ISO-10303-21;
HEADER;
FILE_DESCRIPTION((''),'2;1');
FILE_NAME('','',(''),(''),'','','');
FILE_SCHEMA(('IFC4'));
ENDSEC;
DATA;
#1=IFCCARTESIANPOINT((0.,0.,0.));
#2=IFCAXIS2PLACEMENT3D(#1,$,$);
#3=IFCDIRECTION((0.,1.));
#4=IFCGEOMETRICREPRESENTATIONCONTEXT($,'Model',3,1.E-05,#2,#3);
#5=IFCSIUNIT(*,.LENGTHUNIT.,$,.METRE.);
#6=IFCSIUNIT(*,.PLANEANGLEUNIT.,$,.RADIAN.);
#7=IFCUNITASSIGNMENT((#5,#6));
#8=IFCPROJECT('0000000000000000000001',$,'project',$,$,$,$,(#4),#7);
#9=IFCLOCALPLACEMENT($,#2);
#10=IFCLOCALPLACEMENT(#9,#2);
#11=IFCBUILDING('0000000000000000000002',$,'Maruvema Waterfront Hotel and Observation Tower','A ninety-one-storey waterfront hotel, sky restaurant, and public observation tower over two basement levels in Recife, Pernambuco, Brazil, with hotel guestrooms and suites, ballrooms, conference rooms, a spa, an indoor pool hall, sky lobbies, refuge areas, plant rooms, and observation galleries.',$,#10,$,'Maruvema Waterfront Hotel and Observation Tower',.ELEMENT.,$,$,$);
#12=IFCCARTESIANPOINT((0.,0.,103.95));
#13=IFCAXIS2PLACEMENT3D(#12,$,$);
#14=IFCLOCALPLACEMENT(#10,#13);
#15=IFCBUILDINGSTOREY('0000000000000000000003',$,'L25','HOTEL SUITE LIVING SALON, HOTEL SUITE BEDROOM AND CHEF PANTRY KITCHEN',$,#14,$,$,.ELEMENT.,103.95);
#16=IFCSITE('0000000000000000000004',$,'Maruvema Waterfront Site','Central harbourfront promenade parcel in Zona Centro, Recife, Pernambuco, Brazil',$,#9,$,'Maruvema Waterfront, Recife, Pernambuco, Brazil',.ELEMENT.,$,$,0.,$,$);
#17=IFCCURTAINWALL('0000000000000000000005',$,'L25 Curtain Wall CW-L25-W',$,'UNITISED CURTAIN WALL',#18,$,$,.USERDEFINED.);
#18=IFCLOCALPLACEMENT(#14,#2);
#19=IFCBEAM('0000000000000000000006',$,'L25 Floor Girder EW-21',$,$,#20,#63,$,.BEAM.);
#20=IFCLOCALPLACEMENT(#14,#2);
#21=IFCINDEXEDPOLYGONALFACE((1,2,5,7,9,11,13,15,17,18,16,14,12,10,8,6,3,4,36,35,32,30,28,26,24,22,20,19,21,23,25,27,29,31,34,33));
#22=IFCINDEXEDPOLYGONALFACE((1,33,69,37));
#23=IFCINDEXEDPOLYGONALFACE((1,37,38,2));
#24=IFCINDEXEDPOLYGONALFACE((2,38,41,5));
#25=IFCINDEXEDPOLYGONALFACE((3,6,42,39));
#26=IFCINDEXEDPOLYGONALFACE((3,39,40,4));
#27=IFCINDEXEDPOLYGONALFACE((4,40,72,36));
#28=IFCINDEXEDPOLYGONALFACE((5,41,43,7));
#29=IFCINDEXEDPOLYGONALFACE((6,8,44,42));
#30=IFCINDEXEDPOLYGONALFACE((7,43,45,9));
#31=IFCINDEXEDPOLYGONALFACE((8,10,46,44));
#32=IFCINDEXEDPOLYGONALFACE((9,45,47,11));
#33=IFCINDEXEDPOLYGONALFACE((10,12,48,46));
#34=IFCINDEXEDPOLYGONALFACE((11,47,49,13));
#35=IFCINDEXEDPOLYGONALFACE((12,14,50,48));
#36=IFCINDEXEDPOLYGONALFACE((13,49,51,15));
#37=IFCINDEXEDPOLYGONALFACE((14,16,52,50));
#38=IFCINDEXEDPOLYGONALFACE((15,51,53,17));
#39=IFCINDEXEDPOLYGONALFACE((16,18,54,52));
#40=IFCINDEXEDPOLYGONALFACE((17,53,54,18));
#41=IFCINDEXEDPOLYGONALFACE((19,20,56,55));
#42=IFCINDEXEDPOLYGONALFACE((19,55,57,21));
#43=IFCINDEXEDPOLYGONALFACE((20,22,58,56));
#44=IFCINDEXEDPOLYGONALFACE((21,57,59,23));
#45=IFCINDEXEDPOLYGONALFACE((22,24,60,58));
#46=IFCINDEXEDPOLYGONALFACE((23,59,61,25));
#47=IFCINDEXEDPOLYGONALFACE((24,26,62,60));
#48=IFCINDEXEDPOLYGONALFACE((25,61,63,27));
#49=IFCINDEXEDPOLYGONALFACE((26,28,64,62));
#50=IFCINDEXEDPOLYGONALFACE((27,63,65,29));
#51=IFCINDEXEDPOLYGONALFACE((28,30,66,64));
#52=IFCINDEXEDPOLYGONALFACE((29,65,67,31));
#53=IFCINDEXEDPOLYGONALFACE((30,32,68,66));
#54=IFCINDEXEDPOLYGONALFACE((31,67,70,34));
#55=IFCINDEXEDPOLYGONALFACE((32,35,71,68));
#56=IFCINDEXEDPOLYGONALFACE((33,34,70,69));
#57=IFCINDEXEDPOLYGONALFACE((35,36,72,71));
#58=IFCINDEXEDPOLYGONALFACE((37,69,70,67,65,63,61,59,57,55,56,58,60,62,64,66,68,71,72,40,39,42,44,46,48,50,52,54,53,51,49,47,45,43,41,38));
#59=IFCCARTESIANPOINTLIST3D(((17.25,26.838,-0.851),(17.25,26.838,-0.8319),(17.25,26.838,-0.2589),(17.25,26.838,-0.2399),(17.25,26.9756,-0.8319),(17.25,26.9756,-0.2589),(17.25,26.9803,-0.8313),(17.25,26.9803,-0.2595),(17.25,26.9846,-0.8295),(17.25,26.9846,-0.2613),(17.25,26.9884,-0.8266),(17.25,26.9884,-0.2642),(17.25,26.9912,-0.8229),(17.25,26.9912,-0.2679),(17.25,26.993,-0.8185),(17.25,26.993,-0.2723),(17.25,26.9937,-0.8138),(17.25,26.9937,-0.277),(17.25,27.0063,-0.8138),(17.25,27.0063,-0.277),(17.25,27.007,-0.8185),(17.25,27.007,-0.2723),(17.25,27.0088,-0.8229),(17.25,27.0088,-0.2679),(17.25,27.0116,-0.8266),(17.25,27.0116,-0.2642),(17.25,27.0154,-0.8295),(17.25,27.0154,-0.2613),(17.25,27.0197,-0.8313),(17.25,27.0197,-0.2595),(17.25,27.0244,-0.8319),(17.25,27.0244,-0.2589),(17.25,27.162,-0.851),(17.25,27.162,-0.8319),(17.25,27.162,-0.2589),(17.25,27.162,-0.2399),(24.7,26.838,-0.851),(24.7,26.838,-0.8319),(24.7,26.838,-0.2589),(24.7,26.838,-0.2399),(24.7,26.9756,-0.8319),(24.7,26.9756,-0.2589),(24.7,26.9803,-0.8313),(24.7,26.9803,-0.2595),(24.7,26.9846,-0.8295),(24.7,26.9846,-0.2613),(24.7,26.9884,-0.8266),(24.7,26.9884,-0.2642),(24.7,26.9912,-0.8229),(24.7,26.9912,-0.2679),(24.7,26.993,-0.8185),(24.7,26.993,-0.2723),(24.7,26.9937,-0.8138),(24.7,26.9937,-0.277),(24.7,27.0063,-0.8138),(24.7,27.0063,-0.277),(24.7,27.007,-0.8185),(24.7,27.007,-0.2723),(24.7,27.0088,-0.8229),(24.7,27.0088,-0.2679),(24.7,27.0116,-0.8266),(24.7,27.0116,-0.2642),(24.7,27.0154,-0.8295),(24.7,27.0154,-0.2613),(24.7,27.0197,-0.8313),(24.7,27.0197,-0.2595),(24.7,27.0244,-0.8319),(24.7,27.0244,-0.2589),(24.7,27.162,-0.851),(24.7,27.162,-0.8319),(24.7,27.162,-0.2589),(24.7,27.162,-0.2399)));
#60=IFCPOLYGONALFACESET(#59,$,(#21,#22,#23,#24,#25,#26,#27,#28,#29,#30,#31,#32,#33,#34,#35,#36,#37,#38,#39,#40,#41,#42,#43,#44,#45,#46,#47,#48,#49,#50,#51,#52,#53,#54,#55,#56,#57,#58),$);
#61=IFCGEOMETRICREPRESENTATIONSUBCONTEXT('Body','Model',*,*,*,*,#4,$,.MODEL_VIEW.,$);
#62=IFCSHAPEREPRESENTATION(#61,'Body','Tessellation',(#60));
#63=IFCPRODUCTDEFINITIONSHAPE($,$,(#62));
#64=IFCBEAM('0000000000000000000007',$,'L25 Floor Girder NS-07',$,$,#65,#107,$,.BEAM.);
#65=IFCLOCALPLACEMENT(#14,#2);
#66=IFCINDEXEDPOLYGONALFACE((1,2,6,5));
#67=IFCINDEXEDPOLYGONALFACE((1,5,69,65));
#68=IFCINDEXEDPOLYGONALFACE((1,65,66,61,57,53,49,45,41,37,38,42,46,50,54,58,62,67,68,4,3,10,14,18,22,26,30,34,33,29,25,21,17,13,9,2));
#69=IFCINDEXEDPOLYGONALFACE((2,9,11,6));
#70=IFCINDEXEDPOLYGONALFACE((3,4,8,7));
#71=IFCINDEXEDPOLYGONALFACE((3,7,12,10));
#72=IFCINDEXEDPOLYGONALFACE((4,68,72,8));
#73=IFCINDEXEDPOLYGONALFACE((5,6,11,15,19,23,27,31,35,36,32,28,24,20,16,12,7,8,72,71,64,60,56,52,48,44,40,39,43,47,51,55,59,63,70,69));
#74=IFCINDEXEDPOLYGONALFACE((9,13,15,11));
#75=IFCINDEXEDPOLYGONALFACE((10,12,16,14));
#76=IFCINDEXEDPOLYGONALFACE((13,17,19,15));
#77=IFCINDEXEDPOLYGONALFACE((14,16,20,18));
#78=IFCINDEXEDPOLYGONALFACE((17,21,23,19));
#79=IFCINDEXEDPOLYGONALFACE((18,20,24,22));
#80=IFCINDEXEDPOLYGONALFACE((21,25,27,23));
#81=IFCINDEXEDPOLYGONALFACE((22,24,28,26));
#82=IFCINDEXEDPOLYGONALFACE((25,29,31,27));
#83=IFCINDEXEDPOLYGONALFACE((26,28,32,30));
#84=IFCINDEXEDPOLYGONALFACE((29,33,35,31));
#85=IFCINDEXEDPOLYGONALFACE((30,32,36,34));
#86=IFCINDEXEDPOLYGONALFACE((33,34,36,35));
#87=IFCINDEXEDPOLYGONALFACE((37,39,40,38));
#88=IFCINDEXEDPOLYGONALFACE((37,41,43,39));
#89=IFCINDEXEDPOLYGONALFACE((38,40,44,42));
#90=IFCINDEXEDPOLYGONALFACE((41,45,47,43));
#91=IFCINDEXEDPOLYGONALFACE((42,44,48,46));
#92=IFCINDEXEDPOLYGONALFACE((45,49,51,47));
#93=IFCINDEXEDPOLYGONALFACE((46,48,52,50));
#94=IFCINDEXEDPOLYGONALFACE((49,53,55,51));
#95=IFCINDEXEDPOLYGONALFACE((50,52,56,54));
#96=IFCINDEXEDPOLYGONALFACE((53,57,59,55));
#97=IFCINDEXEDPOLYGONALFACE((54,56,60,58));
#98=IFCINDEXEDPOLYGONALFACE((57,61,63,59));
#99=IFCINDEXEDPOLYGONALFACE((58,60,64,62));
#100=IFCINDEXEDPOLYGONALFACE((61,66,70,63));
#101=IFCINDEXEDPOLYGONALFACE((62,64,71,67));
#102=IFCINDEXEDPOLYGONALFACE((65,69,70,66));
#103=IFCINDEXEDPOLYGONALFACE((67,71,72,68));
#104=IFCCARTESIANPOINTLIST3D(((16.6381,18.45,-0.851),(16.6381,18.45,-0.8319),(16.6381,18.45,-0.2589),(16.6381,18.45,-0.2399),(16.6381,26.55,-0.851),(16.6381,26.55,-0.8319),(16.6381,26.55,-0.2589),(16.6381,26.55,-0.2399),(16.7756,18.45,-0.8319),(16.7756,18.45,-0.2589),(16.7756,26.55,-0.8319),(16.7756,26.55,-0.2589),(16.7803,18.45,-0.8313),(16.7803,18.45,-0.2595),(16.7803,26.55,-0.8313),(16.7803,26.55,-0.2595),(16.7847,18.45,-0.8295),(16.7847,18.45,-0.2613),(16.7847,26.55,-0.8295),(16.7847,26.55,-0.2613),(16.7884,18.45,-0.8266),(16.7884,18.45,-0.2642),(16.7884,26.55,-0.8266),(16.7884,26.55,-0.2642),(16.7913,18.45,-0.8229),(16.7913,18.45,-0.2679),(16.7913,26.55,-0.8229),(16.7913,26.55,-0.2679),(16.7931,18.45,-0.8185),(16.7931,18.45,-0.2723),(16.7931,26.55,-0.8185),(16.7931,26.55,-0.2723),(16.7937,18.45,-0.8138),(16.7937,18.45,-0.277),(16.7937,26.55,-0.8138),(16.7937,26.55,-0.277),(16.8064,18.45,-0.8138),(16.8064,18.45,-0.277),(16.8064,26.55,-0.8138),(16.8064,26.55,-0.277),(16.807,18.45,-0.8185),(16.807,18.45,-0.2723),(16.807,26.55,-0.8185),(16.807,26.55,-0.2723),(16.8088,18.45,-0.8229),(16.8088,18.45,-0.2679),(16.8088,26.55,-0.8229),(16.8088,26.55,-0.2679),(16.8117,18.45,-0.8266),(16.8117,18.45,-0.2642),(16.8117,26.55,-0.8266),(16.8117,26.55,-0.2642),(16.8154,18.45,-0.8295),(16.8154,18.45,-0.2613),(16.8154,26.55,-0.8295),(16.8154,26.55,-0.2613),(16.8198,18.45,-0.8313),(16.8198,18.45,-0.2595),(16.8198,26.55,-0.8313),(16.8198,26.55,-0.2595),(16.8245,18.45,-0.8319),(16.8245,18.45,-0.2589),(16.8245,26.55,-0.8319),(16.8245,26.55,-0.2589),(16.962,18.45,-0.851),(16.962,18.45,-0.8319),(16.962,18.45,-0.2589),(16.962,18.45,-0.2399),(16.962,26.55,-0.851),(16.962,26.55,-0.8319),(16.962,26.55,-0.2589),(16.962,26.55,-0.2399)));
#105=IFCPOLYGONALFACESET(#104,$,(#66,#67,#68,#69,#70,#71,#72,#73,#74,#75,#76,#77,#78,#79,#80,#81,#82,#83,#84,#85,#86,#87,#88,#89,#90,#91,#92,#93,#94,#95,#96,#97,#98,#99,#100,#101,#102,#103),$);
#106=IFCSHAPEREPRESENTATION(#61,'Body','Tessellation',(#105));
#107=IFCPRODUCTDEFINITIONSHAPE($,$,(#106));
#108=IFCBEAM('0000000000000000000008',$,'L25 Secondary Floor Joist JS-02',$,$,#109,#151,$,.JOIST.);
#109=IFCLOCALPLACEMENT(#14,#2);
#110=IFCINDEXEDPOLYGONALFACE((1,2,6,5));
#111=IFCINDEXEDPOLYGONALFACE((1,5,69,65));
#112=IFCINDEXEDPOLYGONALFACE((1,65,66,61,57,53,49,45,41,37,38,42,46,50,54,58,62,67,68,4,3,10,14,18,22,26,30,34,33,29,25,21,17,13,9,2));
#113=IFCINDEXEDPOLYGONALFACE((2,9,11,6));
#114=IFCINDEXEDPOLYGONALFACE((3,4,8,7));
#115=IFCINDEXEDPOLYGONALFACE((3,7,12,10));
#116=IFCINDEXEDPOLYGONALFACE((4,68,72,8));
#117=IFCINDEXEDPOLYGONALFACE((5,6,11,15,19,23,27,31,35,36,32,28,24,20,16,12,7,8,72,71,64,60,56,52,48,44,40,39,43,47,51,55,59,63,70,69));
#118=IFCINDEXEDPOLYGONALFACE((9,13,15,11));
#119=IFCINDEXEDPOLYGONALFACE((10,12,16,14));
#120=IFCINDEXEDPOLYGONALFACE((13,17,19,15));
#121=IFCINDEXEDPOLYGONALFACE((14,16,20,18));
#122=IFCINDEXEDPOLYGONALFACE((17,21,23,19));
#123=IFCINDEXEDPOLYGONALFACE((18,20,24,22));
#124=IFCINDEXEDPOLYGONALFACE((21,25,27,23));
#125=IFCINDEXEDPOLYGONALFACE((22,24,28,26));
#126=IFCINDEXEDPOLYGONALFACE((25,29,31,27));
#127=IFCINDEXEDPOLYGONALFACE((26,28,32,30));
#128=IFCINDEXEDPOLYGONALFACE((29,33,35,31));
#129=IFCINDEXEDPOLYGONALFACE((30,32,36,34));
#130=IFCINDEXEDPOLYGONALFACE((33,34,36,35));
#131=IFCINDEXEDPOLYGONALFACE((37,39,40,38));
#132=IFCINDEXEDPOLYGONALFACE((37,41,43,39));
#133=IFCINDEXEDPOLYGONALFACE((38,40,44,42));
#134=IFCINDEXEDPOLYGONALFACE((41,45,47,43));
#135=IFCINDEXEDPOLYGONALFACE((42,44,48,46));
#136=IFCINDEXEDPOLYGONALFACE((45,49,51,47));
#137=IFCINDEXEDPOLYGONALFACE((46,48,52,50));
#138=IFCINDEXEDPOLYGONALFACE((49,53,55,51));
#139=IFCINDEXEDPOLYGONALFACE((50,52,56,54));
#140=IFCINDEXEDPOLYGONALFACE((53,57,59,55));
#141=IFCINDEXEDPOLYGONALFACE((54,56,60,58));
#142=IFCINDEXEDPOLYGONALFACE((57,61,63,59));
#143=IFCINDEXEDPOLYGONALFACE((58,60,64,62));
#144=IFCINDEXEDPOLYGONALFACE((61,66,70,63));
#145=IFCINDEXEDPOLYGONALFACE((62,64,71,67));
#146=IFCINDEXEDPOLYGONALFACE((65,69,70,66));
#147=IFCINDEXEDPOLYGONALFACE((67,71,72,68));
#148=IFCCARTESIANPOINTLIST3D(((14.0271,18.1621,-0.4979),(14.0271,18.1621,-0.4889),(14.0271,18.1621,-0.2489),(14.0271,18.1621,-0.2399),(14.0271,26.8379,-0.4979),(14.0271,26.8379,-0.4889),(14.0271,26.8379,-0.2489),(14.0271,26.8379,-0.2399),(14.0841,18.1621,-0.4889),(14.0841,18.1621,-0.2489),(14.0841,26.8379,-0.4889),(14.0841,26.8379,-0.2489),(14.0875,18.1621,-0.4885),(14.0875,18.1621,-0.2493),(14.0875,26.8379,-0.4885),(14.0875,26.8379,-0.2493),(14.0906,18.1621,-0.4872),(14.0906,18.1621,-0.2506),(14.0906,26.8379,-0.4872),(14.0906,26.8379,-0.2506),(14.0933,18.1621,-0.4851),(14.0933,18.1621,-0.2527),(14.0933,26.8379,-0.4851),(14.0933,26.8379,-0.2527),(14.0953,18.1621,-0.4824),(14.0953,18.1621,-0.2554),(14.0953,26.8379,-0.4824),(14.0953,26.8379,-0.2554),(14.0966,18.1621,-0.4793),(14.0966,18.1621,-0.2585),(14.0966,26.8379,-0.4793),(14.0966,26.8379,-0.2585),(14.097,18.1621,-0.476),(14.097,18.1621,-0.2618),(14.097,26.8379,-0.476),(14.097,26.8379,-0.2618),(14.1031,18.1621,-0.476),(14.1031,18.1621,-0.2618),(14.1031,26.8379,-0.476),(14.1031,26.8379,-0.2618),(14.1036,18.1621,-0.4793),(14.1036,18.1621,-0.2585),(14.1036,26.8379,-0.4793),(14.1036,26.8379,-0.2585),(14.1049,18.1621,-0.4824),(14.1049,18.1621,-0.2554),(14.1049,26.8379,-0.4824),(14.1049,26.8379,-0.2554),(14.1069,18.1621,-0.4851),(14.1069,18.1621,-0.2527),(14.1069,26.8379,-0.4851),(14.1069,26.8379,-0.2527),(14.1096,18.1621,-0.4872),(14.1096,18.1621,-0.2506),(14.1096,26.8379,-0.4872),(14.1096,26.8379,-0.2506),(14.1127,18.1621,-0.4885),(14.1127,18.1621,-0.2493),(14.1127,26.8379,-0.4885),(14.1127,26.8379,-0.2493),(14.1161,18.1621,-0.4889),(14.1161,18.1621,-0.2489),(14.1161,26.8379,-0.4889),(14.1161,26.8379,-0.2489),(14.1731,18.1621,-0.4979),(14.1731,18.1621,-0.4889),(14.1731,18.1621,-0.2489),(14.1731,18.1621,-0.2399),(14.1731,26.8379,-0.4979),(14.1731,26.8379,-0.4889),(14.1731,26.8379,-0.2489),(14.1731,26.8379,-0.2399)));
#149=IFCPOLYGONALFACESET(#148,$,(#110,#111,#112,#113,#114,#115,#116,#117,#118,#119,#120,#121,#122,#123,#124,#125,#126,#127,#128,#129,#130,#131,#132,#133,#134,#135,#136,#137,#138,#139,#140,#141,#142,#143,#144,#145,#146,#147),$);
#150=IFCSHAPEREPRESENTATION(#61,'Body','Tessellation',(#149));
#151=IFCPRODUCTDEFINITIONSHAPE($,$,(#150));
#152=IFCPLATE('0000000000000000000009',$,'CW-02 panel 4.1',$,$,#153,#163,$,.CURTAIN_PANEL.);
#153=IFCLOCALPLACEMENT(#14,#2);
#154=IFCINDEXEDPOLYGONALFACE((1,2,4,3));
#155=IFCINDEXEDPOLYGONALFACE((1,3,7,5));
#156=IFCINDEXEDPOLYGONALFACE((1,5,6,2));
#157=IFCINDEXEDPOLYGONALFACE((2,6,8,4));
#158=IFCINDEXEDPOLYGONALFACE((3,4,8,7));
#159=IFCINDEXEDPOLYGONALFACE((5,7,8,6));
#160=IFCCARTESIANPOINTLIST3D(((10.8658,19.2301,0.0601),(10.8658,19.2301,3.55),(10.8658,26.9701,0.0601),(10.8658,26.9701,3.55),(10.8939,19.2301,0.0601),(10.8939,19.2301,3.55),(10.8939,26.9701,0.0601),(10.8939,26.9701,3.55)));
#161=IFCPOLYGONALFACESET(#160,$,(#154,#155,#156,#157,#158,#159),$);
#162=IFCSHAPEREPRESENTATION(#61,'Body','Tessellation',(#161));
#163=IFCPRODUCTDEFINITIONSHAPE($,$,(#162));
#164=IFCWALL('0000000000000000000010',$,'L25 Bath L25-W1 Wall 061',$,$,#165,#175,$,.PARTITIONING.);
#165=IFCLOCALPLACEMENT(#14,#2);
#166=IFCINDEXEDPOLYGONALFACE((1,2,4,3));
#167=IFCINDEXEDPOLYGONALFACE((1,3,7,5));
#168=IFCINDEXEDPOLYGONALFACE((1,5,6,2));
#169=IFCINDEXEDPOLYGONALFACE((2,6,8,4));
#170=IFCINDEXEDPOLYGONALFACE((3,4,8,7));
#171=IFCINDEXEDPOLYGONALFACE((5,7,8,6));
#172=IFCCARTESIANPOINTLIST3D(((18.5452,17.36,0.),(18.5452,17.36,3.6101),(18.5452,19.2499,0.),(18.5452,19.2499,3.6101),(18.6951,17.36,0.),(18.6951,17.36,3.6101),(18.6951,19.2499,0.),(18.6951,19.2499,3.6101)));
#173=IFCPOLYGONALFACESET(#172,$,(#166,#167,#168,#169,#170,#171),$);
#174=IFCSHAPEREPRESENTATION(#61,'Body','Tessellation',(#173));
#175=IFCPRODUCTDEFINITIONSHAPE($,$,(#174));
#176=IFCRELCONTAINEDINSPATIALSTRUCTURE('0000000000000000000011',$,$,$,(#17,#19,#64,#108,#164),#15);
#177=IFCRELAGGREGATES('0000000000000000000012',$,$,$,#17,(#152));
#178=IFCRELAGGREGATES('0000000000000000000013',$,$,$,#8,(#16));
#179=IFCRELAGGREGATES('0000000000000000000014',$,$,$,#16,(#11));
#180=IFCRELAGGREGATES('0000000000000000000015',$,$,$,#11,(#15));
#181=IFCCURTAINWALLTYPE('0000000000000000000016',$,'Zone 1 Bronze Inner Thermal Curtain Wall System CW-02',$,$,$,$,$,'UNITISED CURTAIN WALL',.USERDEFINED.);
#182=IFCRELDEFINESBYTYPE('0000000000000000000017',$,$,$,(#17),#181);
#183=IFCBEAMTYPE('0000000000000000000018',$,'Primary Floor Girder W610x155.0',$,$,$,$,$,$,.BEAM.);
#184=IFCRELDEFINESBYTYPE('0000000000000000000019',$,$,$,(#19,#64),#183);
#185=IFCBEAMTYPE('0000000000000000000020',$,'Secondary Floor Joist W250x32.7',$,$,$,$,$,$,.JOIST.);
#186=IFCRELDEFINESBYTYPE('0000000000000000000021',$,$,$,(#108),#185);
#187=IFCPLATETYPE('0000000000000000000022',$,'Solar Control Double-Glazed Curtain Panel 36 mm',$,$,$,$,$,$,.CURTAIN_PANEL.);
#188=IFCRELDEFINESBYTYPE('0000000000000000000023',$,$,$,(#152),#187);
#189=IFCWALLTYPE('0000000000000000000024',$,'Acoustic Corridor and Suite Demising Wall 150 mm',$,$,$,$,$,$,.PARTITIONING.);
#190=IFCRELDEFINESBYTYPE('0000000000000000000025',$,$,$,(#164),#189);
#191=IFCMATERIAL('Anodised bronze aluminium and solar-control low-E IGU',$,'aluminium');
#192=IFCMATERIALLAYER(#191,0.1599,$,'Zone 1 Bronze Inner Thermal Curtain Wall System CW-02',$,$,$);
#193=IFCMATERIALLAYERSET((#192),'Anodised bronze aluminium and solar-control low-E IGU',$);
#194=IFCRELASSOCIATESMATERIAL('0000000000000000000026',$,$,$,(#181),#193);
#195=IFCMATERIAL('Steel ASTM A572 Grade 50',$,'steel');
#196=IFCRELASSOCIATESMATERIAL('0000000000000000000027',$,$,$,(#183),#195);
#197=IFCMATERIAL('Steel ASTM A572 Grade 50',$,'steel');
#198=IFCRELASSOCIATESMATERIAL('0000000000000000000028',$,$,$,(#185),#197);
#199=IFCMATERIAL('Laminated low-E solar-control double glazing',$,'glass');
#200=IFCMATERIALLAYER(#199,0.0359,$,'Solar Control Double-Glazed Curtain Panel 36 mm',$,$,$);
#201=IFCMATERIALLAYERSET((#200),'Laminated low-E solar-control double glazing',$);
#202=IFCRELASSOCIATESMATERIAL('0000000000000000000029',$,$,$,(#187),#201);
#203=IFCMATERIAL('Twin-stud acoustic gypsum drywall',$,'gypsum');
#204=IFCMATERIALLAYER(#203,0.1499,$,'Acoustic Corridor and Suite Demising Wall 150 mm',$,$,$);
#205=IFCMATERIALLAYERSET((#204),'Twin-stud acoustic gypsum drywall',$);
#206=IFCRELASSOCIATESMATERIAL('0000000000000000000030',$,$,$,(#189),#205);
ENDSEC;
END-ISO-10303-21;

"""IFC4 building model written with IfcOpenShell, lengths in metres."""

from ifc_helpers import new_model, si_unit, direction, frame, frame_2d, origin, origin_2d, place, context, subcontext, project, spatial, rectangle, i_section, extrude, material, layer, layer_set, material_profile, profile_set, type_object, element, aggregate, save


model = new_model("IFC4")

# Units and contexts
model_context = context("Model", 3, precision=1e-05, world=origin(), true_north=direction((0.0, 1.0)))
body_context = subcontext(model_context, "Body", "Model", "MODEL_VIEW")
ifc_project = project(units=[si_unit("LENGTHUNIT", "METRE"), si_unit("PLANEANGLEUNIT", "RADIAN")], contexts=[model_context])

# Site, building, storey
site_placement = place(None, origin())
site = spatial("IfcSite", under=ifc_project, at=site_placement, Name="Maruvema Waterfront Site", Description="Central harbourfront promenade parcel in Zona Centro, Recife, Pernambuco, Brazil", LongName="Maruvema Waterfront, Recife, Pernambuco, Brazil", CompositionType="ELEMENT", RefElevation=0.0)
building_placement = place(site_placement, origin())
building = spatial("IfcBuilding", under=site, at=building_placement, Name="Maruvema Waterfront Hotel and Observation Tower", Description="A ninety-one-storey waterfront hotel, sky restaurant, and public observation tower over two basement levels in Recife, Pernambuco, Brazil, with hotel guestrooms and suites, ballrooms, conference rooms, a spa, an indoor pool hall, sky lobbies, refuge areas, plant rooms, and observation galleries.", LongName="Maruvema Waterfront Hotel and Observation Tower", CompositionType="ELEMENT")
storey_placement = place(building_placement, frame((0.0, 0.0, 103.95)))
storey = spatial("IfcBuildingStorey", under=building, at=storey_placement, Name="L25", Description="HOTEL SUITE LIVING SALON, HOTEL SUITE BEDROOM AND CHEF PANTRY KITCHEN", CompositionType="ELEMENT", Elevation=103.95)

# Curtain wall
ifc_material_1 = material(Name="Anodised bronze aluminium and solar-control low-E IGU", Category="aluminium")
ifc_layer_1 = layer(ifc_material_1, 0.1599, Name="Zone 1 Bronze Inner Thermal Curtain Wall System CW-02")
ifc_layer_set_1 = layer_set([ifc_layer_1], Name="Anodised bronze aluminium and solar-control low-E IGU")
curtain_wall_type = type_object("IfcCurtainWallType", Name="Zone 1 Bronze Inner Thermal Curtain Wall System CW-02", ElementType="UNITISED CURTAIN WALL", PredefinedType="USERDEFINED", material=ifc_layer_set_1)
curtain_wall_placement = place(storey_placement, origin())
curtain_wall = element("IfcCurtainWall", 1, at=curtain_wall_placement, inside=storey, type_object=curtain_wall_type, Name="L25 Curtain Wall CW-L25-W", ObjectType="UNITISED CURTAIN WALL", PredefinedType="USERDEFINED")

# Beams
ifc_material_2 = material(Name="Steel ASTM A572 Grade 50", Category="steel")
ifc_material_profile_1 = material_profile(ifc_material_2, i_section(OverallWidth=0.324, OverallDepth=0.6111, WebThickness=0.0127, FlangeThickness=0.019, FilletRadius=0.0181, at=origin_2d()), Name="W610x155.0")
ifc_profile_set_1 = profile_set([ifc_material_profile_1], Name="Steel ASTM A572 Grade 50")
beam_type_1 = type_object("IfcBeamType", Name="Primary Floor Girder W610x155.0", PredefinedType="BEAM", material=ifc_profile_set_1)
beam_1_placement = place(storey_placement, frame((17.25, 27.0, -0.5454), z_axis=(1.0, 0.0, 0.0), x_axis=(0.0, 1.0, 0.0)))
element("IfcBeam", 2, at=beam_1_placement, inside=storey, type_object=beam_type_1, Name="L25 Floor Girder EW-21", PredefinedType="BEAM", context=body_context, shape_type="SweptSolid", body=[
    extrude(i_section(OverallWidth=0.324, OverallDepth=0.6111, WebThickness=0.0127, FlangeThickness=0.019, FilletRadius=0.0181, at=origin_2d()), origin(), (0.0, 0.0, 1.0), 7.45),
])
beam_2_placement = place(storey_placement, frame((16.8, 18.45, -0.5454), z_axis=(0.0, 1.0, 0.0), x_axis=(-1.0, 0.0, 0.0)))
element("IfcBeam", 3, at=beam_2_placement, inside=storey, type_object=beam_type_1, Name="L25 Floor Girder NS-07", PredefinedType="BEAM", context=body_context, shape_type="SweptSolid", body=[
    extrude(i_section(OverallWidth=0.324, OverallDepth=0.6111, WebThickness=0.0127, FlangeThickness=0.019, FilletRadius=0.0181, at=origin_2d()), origin(), (0.0, 0.0, 1.0), 8.1001),
])
ifc_material_3 = material(Name="Steel ASTM A572 Grade 50", Category="steel")
ifc_material_profile_2 = material_profile(ifc_material_3, i_section(OverallWidth=0.146, OverallDepth=0.2581, WebThickness=0.0061, FlangeThickness=0.009, FilletRadius=0.0129, at=origin_2d()), Name="W250x32.7")
ifc_profile_set_2 = profile_set([ifc_material_profile_2], Name="Steel ASTM A572 Grade 50")
beam_type_2 = type_object("IfcBeamType", Name="Secondary Floor Joist W250x32.7", PredefinedType="JOIST", material=ifc_profile_set_2)
beam_3_placement = place(storey_placement, frame((14.1001, 18.1621, -0.3689), z_axis=(0.0, 1.0, 0.0), x_axis=(-1.0, 0.0, 0.0)))
element("IfcBeam", 4, at=beam_3_placement, inside=storey, type_object=beam_type_2, Name="L25 Secondary Floor Joist JS-02", PredefinedType="JOIST", context=body_context, shape_type="SweptSolid", body=[
    extrude(i_section(OverallWidth=0.146, OverallDepth=0.2581, WebThickness=0.0061, FlangeThickness=0.009, FilletRadius=0.0129, at=origin_2d()), origin(), (0.0, 0.0, 1.0), 8.6758),
])

# Plate
ifc_material_4 = material(Name="Laminated low-E solar-control double glazing", Category="glass")
ifc_layer_2 = layer(ifc_material_4, 0.0359, Name="Solar Control Double-Glazed Curtain Panel 36 mm")
ifc_layer_set_2 = layer_set([ifc_layer_2], Name="Laminated low-E solar-control double glazing")
plate_type = type_object("IfcPlateType", Name="Solar Control Double-Glazed Curtain Panel 36 mm", PredefinedType="CURTAIN_PANEL", material=ifc_layer_set_2)
plate_placement = place(storey_placement, frame((10.8799, 23.1001, 0.0601), z_axis=(0.0, 0.0, 1.0), x_axis=(0.0, -1.0, 0.0)))
plate = element("IfcPlate", 5, at=plate_placement, type_object=plate_type, Name="CW-02 panel 4.1", PredefinedType="CURTAIN_PANEL", context=body_context, shape_type="SweptSolid", body=[
    extrude(rectangle(XDim=7.74, YDim=0.0281, at=origin_2d()), origin(), (0.0, 0.0, 1.0), 3.49),
])
aggregate(curtain_wall, [plate])

# Wall
ifc_material_5 = material(Name="Twin-stud acoustic gypsum drywall", Category="gypsum")
ifc_layer_3 = layer(ifc_material_5, 0.1499, Name="Acoustic Corridor and Suite Demising Wall 150 mm")
ifc_layer_set_3 = layer_set([ifc_layer_3], Name="Twin-stud acoustic gypsum drywall")
wall_type_1 = type_object("IfcWallType", Name="Acoustic Corridor and Suite Demising Wall 150 mm", PredefinedType="PARTITIONING", material=ifc_layer_set_3)
wall_1_placement = place(storey_placement, frame((18.6201, 17.3601, 0.0), z_axis=(0.0, 0.0, 1.0), x_axis=(0.0, 1.0, 0.0)))
element("IfcWall", 6, at=wall_1_placement, inside=storey, type_object=wall_type_1, Name="L25 Bath L25-W1 Wall 061", PredefinedType="PARTITIONING", context=body_context, shape_type="SweptSolid", body=[
    extrude(rectangle(XDim=1.8899, YDim=0.1499, at=frame_2d((0.9448, 0.0))), origin(), (0.0, 0.0, 1.0), 3.6101),
])

save(model, "model.ifc")
